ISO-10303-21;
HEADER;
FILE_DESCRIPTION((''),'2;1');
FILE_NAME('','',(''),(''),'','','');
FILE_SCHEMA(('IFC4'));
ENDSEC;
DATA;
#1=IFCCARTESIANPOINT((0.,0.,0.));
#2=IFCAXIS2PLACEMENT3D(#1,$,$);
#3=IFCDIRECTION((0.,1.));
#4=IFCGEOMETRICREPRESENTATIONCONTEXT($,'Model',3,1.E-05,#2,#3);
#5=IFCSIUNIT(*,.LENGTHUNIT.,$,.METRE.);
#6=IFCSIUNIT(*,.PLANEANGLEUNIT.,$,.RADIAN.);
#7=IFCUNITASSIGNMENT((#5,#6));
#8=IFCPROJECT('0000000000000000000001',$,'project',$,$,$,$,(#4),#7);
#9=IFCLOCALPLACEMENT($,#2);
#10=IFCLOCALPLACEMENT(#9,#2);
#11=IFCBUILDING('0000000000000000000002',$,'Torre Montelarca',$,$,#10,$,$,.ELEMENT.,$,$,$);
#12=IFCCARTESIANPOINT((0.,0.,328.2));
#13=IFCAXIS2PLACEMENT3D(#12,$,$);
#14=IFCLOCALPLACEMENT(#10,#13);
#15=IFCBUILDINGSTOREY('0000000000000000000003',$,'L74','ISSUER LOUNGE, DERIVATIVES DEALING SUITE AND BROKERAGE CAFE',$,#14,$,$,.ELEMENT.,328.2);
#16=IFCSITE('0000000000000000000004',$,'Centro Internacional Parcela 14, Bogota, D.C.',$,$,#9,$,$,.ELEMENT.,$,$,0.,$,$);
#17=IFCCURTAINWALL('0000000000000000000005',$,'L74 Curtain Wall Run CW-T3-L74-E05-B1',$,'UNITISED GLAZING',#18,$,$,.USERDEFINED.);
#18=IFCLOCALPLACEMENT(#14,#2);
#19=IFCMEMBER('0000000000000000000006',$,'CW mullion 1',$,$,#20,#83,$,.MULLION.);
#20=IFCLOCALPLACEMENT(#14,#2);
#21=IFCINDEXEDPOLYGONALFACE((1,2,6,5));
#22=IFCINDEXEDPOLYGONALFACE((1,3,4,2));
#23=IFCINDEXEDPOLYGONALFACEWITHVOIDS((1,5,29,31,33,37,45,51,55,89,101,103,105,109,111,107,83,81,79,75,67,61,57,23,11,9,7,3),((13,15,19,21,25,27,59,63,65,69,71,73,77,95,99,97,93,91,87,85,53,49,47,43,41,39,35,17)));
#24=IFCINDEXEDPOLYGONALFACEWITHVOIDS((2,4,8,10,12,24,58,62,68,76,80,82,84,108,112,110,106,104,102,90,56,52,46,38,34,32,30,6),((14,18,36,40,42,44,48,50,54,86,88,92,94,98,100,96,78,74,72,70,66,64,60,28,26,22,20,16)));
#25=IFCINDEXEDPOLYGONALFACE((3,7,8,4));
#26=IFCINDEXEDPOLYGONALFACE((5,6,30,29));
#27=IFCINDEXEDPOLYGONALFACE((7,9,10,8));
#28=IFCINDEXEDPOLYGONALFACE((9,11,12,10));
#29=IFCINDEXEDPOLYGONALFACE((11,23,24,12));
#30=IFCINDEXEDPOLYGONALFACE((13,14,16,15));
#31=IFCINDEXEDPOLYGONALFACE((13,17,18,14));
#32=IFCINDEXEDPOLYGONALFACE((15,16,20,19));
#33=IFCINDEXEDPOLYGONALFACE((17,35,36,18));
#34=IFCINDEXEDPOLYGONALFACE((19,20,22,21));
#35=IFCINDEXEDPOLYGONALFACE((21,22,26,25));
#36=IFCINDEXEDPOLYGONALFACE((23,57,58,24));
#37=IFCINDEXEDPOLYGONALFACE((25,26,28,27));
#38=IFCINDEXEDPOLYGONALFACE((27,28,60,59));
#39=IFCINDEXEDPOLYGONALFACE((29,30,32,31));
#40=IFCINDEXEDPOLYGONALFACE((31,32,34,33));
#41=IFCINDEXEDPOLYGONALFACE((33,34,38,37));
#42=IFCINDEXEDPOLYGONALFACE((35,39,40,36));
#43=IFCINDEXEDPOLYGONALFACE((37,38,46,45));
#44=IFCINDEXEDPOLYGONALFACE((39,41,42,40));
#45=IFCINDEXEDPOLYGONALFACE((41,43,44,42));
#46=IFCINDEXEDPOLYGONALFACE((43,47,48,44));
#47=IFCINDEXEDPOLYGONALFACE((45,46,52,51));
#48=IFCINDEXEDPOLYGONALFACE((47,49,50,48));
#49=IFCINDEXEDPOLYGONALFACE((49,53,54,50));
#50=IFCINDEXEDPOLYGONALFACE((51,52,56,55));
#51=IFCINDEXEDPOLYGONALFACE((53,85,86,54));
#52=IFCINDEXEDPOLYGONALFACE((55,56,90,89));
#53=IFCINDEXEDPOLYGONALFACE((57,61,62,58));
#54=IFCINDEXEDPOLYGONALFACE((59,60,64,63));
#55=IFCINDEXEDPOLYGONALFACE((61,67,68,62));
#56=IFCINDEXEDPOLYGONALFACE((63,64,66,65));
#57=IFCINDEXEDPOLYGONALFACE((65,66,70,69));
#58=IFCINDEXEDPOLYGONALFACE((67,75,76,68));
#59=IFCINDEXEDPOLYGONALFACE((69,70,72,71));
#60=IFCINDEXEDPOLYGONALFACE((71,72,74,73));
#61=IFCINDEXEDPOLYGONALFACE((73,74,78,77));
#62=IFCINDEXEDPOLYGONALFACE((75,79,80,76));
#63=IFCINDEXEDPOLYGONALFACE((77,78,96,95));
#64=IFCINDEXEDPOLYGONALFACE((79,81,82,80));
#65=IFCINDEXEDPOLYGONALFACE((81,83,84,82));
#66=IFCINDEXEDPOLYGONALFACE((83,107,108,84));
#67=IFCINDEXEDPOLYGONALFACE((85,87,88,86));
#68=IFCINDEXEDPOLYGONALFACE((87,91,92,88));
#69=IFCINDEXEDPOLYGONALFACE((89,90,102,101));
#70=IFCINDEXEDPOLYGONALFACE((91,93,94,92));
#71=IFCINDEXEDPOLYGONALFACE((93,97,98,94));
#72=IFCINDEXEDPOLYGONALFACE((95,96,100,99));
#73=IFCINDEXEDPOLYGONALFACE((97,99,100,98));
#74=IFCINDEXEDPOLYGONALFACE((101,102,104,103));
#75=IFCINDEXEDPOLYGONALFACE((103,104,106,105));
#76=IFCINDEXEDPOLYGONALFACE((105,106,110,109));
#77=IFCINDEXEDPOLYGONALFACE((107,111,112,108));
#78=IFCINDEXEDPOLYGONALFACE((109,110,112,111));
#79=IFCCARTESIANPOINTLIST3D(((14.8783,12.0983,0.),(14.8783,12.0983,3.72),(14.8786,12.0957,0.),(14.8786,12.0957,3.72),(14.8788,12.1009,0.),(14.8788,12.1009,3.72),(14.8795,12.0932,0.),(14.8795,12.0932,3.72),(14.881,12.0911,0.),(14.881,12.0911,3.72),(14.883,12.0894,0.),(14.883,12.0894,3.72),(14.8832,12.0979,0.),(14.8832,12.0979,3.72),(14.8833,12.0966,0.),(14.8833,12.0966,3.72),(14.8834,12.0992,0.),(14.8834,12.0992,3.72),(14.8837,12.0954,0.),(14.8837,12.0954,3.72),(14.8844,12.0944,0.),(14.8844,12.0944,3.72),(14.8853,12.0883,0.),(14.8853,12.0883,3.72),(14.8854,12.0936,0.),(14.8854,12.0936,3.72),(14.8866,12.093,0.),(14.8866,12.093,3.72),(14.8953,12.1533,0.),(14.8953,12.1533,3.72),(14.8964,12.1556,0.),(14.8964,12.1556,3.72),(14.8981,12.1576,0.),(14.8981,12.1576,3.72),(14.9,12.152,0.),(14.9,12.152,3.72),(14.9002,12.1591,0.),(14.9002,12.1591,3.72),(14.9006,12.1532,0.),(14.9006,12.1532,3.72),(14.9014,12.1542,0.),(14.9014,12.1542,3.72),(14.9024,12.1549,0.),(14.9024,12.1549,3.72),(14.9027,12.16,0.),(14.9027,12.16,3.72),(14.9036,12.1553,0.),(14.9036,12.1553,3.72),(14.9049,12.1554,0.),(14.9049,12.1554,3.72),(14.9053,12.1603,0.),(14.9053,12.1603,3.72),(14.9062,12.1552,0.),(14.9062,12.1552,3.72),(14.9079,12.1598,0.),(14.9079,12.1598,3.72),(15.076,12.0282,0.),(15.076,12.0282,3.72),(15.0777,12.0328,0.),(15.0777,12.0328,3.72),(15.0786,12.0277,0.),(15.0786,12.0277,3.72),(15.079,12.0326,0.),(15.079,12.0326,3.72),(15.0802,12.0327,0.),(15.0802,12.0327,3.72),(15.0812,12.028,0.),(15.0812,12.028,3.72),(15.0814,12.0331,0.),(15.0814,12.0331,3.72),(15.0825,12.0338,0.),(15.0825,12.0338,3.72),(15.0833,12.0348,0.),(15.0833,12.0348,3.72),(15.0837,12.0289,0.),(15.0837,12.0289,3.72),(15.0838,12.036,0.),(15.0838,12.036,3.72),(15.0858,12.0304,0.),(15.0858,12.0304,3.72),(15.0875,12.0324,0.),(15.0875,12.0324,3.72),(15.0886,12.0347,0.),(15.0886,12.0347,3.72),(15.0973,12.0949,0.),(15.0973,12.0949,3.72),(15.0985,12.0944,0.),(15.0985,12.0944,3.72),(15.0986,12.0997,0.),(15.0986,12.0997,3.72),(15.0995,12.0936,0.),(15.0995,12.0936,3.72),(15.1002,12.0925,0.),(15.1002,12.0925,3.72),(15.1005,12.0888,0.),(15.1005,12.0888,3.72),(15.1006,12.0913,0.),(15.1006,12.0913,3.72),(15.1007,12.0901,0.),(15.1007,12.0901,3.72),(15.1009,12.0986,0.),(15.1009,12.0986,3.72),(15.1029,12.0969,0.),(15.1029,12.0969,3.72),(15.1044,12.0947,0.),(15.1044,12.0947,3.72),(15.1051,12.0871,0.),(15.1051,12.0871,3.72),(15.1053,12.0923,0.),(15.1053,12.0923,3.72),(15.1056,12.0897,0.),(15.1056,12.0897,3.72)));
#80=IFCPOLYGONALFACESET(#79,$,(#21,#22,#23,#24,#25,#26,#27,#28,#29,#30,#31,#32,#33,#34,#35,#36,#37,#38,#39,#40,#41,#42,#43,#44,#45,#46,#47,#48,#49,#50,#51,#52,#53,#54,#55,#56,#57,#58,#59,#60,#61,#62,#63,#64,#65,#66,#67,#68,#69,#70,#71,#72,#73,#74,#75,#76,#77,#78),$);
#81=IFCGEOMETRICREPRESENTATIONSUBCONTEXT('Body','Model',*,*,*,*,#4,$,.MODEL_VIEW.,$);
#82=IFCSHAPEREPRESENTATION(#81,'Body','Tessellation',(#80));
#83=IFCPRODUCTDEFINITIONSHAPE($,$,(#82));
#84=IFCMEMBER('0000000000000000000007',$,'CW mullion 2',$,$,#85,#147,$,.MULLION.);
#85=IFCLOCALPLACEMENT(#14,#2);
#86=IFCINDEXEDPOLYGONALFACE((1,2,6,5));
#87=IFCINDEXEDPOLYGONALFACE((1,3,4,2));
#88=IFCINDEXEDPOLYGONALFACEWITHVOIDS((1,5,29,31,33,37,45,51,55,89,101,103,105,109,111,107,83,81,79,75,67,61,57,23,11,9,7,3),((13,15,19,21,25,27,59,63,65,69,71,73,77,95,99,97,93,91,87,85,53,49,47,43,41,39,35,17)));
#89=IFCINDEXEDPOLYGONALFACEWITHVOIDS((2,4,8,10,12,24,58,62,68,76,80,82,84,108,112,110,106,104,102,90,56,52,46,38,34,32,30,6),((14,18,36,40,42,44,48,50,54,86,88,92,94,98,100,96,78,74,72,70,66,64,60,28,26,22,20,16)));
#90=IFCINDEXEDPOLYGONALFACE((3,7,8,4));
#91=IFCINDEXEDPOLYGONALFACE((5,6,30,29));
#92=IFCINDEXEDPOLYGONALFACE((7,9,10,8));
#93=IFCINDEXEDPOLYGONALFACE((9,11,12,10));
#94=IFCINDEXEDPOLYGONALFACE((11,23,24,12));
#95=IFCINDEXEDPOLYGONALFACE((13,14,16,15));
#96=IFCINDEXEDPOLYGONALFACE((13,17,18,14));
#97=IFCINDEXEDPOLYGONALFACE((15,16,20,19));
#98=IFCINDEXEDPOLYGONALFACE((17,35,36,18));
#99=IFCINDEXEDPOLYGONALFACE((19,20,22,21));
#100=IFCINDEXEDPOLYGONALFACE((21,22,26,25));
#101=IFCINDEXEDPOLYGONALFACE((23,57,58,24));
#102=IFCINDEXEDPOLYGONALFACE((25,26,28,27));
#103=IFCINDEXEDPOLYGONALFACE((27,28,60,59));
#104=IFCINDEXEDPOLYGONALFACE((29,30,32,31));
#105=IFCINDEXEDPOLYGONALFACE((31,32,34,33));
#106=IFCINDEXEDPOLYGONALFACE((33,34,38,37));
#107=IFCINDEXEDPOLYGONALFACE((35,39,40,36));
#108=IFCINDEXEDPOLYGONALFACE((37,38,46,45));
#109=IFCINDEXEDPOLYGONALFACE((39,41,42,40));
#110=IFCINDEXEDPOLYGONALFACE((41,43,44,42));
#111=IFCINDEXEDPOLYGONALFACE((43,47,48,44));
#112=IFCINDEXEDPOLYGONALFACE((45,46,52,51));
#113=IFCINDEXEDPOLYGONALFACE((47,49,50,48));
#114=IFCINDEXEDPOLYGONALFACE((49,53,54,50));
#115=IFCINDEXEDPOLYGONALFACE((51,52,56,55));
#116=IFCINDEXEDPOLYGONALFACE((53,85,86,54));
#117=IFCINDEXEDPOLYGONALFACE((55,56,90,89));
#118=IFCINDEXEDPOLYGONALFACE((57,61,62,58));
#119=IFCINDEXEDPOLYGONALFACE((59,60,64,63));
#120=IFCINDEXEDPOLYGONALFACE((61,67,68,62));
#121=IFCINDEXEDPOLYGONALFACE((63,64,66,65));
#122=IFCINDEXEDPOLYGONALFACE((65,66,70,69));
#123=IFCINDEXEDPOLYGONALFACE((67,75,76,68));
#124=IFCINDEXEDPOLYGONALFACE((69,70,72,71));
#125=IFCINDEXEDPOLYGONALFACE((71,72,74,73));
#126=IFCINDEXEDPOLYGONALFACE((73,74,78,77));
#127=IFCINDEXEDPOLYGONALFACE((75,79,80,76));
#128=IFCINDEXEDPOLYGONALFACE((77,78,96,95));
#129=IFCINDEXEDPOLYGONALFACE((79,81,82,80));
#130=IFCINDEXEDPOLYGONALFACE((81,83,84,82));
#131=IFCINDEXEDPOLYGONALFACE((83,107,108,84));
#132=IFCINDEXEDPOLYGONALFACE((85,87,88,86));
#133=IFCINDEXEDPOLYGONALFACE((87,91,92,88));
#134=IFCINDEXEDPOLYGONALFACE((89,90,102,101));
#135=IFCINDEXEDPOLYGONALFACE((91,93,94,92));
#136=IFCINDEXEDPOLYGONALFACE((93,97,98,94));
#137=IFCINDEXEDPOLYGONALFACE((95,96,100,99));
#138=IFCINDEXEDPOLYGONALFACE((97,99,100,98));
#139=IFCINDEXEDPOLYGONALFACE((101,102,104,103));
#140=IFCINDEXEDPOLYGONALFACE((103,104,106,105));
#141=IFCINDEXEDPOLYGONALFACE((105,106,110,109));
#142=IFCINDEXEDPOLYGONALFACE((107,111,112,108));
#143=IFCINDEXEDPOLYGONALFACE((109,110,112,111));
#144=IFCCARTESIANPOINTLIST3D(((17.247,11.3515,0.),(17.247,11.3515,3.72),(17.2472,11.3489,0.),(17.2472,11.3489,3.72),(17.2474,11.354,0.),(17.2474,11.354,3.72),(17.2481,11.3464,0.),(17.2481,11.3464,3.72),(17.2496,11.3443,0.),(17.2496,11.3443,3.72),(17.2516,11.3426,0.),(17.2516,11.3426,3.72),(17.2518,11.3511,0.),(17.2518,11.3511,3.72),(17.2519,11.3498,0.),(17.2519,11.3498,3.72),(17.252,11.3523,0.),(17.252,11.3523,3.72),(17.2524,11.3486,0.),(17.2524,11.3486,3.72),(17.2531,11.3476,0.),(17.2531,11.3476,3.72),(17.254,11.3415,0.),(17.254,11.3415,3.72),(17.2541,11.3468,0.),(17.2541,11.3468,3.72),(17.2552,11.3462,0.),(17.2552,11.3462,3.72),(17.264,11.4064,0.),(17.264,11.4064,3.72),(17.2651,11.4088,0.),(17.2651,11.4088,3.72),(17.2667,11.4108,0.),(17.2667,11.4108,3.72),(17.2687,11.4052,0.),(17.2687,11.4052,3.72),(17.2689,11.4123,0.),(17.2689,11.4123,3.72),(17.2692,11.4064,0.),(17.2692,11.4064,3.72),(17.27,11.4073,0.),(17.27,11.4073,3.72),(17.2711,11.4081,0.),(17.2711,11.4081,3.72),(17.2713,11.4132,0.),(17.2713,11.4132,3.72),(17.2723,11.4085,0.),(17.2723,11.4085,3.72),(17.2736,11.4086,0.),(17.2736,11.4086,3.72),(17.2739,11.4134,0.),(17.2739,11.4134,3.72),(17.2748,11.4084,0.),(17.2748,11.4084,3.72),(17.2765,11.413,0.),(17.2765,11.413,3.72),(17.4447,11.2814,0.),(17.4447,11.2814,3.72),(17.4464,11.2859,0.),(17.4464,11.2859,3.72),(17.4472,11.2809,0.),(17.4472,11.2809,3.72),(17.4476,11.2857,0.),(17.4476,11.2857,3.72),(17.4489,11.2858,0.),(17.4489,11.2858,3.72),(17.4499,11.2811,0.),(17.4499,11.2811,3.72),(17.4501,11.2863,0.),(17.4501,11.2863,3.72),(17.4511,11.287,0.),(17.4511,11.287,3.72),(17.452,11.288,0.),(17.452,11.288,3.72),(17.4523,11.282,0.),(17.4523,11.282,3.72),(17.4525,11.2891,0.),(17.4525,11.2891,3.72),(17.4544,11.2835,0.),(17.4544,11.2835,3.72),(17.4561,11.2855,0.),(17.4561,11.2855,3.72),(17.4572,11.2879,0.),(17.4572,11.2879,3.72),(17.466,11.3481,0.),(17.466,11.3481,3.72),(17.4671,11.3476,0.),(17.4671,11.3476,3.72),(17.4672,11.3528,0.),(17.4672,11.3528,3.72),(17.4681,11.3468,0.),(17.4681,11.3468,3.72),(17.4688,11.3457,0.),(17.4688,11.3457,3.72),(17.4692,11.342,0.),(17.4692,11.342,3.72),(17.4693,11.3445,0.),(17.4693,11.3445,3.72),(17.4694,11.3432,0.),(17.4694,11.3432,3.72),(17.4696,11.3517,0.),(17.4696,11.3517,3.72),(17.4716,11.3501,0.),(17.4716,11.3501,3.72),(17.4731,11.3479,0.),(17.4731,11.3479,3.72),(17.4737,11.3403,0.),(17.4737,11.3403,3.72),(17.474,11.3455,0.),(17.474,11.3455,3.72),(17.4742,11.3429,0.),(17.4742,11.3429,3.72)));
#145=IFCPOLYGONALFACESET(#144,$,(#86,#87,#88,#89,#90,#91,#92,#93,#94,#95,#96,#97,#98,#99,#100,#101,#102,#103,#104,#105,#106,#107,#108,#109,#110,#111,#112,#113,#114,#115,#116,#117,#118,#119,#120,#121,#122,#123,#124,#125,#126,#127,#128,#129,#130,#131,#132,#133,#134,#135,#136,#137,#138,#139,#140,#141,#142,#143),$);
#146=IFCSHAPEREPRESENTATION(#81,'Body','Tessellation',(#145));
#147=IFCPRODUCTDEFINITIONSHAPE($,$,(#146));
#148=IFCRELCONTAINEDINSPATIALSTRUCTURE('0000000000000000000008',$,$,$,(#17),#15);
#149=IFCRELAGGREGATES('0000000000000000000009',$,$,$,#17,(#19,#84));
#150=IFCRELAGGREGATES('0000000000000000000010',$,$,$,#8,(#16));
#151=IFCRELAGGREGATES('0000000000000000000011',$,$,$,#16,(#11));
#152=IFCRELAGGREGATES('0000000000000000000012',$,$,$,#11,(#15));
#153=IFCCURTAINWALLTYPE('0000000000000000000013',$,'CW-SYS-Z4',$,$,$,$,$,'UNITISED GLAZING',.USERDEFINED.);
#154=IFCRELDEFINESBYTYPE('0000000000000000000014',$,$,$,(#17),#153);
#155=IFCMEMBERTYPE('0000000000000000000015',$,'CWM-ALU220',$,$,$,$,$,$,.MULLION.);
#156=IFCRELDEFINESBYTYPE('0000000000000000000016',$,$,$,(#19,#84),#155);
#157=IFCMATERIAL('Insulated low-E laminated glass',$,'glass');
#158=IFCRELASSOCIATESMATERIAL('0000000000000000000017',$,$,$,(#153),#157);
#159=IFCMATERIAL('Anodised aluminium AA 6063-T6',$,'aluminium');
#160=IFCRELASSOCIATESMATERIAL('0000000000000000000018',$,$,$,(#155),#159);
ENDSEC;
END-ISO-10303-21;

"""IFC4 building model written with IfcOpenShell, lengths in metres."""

from ifc_helpers import new_model, si_unit, direction, frame, origin, origin_2d, place, context, subcontext, project, spatial, hollow_rectangle, extrude, source, transform, mapped, material, material_profile, profile_set, type_object, element, aggregate, save


model = new_model("IFC4")

# Units and contexts
model_context = context("Model", 3, precision=1e-05, world=origin(), true_north=direction((0.0, 1.0)))
body_context = subcontext(model_context, "Body", "Model", "MODEL_VIEW")
ifc_project = project(units=[si_unit("LENGTHUNIT", "METRE"), si_unit("PLANEANGLEUNIT", "RADIAN")], contexts=[model_context])

# Site, building, storey
site_placement = place(None, origin())
site = spatial("IfcSite", under=ifc_project, at=site_placement, Name="Centro Internacional Parcela 14, Bogota, D.C.", CompositionType="ELEMENT", RefElevation=0.0)
building_placement = place(site_placement, origin())
building = spatial("IfcBuilding", under=site, at=building_placement, Name="Torre Montelarca", CompositionType="ELEMENT")
storey_placement = place(building_placement, frame((0.0, 0.0, 328.2)))
storey = spatial("IfcBuildingStorey", under=building, at=storey_placement, Name="L74", Description="ISSUER LOUNGE, DERIVATIVES DEALING SUITE AND BROKERAGE CAFE", CompositionType="ELEMENT", Elevation=328.2)

# Curtain wall, members
ifc_material_1 = material(Name="Insulated low-E laminated glass", Category="glass")
curtain_wall_type = type_object("IfcCurtainWallType", Name="CW-SYS-Z4", ElementType="UNITISED GLAZING", PredefinedType="USERDEFINED", material=ifc_material_1)
ifc_material_2 = material(Name="Anodised aluminium AA 6063-T6", Category="aluminium")
ifc_material_profile_1 = material_profile(ifc_material_2, hollow_rectangle(XDim=0.075, YDim=0.22, WallThickness=0.0049, InnerFilletRadius=0.0049, OuterFilletRadius=0.01, at=origin_2d()), Name="ALU75X220X5", Category="aluminium")
ifc_profile_set_1 = profile_set([ifc_material_profile_1], Name="Anodised aluminium AA 6063-T6")
member_type_1 = type_object("IfcMemberType", Name="CWM-ALU220", PredefinedType="MULLION", material=ifc_profile_set_1)
shared_shape_1 = source(origin(), body_context, "Body", "SweptSolid", [
    extrude(hollow_rectangle(XDim=0.075, YDim=0.22, WallThickness=0.0049, InnerFilletRadius=0.0049, OuterFilletRadius=0.01, at=origin_2d()), origin(), (0.0, 0.0, 1.0), 3.72),
])
curtain_wall_1_placement = place(storey_placement, origin())
curtain_wall_1 = element("IfcCurtainWall", 1, at=curtain_wall_1_placement, inside=storey, type_object=curtain_wall_type, Name="L74 Curtain Wall Run CW-T3-L74-E05-B1", ObjectType="UNITISED GLAZING", PredefinedType="USERDEFINED")
member_1_placement = place(storey_placement, frame((14.9919, 12.094, 0.0), z_axis=(0.0, 0.0, 1.0), x_axis=(0.300693, 0.953721, 0.0)))
member_1 = element("IfcMember", 2, at=member_1_placement, type_object=member_type_1, Name="CW mullion 1", PredefinedType="MULLION", context=body_context, shape_type="MappedRepresentation", body=[
    mapped(shared_shape_1, transform((0.0, 0.0, 0.0), scale=1.0)),
])
member_2_placement = place(storey_placement, frame((17.3606, 11.3472, 0.0), z_axis=(0.0, 0.0, 1.0), x_axis=(0.300693, 0.953721, 0.0)))
member_2 = element("IfcMember", 3, at=member_2_placement, type_object=member_type_1, Name="CW mullion 2", PredefinedType="MULLION", context=body_context, shape_type="MappedRepresentation", body=[
    mapped(shared_shape_1, transform((0.0, 0.0, 0.0), scale=1.0)),
])

aggregate(curtain_wall_1, [member_1, member_2])

save(model, "model.ifc")
